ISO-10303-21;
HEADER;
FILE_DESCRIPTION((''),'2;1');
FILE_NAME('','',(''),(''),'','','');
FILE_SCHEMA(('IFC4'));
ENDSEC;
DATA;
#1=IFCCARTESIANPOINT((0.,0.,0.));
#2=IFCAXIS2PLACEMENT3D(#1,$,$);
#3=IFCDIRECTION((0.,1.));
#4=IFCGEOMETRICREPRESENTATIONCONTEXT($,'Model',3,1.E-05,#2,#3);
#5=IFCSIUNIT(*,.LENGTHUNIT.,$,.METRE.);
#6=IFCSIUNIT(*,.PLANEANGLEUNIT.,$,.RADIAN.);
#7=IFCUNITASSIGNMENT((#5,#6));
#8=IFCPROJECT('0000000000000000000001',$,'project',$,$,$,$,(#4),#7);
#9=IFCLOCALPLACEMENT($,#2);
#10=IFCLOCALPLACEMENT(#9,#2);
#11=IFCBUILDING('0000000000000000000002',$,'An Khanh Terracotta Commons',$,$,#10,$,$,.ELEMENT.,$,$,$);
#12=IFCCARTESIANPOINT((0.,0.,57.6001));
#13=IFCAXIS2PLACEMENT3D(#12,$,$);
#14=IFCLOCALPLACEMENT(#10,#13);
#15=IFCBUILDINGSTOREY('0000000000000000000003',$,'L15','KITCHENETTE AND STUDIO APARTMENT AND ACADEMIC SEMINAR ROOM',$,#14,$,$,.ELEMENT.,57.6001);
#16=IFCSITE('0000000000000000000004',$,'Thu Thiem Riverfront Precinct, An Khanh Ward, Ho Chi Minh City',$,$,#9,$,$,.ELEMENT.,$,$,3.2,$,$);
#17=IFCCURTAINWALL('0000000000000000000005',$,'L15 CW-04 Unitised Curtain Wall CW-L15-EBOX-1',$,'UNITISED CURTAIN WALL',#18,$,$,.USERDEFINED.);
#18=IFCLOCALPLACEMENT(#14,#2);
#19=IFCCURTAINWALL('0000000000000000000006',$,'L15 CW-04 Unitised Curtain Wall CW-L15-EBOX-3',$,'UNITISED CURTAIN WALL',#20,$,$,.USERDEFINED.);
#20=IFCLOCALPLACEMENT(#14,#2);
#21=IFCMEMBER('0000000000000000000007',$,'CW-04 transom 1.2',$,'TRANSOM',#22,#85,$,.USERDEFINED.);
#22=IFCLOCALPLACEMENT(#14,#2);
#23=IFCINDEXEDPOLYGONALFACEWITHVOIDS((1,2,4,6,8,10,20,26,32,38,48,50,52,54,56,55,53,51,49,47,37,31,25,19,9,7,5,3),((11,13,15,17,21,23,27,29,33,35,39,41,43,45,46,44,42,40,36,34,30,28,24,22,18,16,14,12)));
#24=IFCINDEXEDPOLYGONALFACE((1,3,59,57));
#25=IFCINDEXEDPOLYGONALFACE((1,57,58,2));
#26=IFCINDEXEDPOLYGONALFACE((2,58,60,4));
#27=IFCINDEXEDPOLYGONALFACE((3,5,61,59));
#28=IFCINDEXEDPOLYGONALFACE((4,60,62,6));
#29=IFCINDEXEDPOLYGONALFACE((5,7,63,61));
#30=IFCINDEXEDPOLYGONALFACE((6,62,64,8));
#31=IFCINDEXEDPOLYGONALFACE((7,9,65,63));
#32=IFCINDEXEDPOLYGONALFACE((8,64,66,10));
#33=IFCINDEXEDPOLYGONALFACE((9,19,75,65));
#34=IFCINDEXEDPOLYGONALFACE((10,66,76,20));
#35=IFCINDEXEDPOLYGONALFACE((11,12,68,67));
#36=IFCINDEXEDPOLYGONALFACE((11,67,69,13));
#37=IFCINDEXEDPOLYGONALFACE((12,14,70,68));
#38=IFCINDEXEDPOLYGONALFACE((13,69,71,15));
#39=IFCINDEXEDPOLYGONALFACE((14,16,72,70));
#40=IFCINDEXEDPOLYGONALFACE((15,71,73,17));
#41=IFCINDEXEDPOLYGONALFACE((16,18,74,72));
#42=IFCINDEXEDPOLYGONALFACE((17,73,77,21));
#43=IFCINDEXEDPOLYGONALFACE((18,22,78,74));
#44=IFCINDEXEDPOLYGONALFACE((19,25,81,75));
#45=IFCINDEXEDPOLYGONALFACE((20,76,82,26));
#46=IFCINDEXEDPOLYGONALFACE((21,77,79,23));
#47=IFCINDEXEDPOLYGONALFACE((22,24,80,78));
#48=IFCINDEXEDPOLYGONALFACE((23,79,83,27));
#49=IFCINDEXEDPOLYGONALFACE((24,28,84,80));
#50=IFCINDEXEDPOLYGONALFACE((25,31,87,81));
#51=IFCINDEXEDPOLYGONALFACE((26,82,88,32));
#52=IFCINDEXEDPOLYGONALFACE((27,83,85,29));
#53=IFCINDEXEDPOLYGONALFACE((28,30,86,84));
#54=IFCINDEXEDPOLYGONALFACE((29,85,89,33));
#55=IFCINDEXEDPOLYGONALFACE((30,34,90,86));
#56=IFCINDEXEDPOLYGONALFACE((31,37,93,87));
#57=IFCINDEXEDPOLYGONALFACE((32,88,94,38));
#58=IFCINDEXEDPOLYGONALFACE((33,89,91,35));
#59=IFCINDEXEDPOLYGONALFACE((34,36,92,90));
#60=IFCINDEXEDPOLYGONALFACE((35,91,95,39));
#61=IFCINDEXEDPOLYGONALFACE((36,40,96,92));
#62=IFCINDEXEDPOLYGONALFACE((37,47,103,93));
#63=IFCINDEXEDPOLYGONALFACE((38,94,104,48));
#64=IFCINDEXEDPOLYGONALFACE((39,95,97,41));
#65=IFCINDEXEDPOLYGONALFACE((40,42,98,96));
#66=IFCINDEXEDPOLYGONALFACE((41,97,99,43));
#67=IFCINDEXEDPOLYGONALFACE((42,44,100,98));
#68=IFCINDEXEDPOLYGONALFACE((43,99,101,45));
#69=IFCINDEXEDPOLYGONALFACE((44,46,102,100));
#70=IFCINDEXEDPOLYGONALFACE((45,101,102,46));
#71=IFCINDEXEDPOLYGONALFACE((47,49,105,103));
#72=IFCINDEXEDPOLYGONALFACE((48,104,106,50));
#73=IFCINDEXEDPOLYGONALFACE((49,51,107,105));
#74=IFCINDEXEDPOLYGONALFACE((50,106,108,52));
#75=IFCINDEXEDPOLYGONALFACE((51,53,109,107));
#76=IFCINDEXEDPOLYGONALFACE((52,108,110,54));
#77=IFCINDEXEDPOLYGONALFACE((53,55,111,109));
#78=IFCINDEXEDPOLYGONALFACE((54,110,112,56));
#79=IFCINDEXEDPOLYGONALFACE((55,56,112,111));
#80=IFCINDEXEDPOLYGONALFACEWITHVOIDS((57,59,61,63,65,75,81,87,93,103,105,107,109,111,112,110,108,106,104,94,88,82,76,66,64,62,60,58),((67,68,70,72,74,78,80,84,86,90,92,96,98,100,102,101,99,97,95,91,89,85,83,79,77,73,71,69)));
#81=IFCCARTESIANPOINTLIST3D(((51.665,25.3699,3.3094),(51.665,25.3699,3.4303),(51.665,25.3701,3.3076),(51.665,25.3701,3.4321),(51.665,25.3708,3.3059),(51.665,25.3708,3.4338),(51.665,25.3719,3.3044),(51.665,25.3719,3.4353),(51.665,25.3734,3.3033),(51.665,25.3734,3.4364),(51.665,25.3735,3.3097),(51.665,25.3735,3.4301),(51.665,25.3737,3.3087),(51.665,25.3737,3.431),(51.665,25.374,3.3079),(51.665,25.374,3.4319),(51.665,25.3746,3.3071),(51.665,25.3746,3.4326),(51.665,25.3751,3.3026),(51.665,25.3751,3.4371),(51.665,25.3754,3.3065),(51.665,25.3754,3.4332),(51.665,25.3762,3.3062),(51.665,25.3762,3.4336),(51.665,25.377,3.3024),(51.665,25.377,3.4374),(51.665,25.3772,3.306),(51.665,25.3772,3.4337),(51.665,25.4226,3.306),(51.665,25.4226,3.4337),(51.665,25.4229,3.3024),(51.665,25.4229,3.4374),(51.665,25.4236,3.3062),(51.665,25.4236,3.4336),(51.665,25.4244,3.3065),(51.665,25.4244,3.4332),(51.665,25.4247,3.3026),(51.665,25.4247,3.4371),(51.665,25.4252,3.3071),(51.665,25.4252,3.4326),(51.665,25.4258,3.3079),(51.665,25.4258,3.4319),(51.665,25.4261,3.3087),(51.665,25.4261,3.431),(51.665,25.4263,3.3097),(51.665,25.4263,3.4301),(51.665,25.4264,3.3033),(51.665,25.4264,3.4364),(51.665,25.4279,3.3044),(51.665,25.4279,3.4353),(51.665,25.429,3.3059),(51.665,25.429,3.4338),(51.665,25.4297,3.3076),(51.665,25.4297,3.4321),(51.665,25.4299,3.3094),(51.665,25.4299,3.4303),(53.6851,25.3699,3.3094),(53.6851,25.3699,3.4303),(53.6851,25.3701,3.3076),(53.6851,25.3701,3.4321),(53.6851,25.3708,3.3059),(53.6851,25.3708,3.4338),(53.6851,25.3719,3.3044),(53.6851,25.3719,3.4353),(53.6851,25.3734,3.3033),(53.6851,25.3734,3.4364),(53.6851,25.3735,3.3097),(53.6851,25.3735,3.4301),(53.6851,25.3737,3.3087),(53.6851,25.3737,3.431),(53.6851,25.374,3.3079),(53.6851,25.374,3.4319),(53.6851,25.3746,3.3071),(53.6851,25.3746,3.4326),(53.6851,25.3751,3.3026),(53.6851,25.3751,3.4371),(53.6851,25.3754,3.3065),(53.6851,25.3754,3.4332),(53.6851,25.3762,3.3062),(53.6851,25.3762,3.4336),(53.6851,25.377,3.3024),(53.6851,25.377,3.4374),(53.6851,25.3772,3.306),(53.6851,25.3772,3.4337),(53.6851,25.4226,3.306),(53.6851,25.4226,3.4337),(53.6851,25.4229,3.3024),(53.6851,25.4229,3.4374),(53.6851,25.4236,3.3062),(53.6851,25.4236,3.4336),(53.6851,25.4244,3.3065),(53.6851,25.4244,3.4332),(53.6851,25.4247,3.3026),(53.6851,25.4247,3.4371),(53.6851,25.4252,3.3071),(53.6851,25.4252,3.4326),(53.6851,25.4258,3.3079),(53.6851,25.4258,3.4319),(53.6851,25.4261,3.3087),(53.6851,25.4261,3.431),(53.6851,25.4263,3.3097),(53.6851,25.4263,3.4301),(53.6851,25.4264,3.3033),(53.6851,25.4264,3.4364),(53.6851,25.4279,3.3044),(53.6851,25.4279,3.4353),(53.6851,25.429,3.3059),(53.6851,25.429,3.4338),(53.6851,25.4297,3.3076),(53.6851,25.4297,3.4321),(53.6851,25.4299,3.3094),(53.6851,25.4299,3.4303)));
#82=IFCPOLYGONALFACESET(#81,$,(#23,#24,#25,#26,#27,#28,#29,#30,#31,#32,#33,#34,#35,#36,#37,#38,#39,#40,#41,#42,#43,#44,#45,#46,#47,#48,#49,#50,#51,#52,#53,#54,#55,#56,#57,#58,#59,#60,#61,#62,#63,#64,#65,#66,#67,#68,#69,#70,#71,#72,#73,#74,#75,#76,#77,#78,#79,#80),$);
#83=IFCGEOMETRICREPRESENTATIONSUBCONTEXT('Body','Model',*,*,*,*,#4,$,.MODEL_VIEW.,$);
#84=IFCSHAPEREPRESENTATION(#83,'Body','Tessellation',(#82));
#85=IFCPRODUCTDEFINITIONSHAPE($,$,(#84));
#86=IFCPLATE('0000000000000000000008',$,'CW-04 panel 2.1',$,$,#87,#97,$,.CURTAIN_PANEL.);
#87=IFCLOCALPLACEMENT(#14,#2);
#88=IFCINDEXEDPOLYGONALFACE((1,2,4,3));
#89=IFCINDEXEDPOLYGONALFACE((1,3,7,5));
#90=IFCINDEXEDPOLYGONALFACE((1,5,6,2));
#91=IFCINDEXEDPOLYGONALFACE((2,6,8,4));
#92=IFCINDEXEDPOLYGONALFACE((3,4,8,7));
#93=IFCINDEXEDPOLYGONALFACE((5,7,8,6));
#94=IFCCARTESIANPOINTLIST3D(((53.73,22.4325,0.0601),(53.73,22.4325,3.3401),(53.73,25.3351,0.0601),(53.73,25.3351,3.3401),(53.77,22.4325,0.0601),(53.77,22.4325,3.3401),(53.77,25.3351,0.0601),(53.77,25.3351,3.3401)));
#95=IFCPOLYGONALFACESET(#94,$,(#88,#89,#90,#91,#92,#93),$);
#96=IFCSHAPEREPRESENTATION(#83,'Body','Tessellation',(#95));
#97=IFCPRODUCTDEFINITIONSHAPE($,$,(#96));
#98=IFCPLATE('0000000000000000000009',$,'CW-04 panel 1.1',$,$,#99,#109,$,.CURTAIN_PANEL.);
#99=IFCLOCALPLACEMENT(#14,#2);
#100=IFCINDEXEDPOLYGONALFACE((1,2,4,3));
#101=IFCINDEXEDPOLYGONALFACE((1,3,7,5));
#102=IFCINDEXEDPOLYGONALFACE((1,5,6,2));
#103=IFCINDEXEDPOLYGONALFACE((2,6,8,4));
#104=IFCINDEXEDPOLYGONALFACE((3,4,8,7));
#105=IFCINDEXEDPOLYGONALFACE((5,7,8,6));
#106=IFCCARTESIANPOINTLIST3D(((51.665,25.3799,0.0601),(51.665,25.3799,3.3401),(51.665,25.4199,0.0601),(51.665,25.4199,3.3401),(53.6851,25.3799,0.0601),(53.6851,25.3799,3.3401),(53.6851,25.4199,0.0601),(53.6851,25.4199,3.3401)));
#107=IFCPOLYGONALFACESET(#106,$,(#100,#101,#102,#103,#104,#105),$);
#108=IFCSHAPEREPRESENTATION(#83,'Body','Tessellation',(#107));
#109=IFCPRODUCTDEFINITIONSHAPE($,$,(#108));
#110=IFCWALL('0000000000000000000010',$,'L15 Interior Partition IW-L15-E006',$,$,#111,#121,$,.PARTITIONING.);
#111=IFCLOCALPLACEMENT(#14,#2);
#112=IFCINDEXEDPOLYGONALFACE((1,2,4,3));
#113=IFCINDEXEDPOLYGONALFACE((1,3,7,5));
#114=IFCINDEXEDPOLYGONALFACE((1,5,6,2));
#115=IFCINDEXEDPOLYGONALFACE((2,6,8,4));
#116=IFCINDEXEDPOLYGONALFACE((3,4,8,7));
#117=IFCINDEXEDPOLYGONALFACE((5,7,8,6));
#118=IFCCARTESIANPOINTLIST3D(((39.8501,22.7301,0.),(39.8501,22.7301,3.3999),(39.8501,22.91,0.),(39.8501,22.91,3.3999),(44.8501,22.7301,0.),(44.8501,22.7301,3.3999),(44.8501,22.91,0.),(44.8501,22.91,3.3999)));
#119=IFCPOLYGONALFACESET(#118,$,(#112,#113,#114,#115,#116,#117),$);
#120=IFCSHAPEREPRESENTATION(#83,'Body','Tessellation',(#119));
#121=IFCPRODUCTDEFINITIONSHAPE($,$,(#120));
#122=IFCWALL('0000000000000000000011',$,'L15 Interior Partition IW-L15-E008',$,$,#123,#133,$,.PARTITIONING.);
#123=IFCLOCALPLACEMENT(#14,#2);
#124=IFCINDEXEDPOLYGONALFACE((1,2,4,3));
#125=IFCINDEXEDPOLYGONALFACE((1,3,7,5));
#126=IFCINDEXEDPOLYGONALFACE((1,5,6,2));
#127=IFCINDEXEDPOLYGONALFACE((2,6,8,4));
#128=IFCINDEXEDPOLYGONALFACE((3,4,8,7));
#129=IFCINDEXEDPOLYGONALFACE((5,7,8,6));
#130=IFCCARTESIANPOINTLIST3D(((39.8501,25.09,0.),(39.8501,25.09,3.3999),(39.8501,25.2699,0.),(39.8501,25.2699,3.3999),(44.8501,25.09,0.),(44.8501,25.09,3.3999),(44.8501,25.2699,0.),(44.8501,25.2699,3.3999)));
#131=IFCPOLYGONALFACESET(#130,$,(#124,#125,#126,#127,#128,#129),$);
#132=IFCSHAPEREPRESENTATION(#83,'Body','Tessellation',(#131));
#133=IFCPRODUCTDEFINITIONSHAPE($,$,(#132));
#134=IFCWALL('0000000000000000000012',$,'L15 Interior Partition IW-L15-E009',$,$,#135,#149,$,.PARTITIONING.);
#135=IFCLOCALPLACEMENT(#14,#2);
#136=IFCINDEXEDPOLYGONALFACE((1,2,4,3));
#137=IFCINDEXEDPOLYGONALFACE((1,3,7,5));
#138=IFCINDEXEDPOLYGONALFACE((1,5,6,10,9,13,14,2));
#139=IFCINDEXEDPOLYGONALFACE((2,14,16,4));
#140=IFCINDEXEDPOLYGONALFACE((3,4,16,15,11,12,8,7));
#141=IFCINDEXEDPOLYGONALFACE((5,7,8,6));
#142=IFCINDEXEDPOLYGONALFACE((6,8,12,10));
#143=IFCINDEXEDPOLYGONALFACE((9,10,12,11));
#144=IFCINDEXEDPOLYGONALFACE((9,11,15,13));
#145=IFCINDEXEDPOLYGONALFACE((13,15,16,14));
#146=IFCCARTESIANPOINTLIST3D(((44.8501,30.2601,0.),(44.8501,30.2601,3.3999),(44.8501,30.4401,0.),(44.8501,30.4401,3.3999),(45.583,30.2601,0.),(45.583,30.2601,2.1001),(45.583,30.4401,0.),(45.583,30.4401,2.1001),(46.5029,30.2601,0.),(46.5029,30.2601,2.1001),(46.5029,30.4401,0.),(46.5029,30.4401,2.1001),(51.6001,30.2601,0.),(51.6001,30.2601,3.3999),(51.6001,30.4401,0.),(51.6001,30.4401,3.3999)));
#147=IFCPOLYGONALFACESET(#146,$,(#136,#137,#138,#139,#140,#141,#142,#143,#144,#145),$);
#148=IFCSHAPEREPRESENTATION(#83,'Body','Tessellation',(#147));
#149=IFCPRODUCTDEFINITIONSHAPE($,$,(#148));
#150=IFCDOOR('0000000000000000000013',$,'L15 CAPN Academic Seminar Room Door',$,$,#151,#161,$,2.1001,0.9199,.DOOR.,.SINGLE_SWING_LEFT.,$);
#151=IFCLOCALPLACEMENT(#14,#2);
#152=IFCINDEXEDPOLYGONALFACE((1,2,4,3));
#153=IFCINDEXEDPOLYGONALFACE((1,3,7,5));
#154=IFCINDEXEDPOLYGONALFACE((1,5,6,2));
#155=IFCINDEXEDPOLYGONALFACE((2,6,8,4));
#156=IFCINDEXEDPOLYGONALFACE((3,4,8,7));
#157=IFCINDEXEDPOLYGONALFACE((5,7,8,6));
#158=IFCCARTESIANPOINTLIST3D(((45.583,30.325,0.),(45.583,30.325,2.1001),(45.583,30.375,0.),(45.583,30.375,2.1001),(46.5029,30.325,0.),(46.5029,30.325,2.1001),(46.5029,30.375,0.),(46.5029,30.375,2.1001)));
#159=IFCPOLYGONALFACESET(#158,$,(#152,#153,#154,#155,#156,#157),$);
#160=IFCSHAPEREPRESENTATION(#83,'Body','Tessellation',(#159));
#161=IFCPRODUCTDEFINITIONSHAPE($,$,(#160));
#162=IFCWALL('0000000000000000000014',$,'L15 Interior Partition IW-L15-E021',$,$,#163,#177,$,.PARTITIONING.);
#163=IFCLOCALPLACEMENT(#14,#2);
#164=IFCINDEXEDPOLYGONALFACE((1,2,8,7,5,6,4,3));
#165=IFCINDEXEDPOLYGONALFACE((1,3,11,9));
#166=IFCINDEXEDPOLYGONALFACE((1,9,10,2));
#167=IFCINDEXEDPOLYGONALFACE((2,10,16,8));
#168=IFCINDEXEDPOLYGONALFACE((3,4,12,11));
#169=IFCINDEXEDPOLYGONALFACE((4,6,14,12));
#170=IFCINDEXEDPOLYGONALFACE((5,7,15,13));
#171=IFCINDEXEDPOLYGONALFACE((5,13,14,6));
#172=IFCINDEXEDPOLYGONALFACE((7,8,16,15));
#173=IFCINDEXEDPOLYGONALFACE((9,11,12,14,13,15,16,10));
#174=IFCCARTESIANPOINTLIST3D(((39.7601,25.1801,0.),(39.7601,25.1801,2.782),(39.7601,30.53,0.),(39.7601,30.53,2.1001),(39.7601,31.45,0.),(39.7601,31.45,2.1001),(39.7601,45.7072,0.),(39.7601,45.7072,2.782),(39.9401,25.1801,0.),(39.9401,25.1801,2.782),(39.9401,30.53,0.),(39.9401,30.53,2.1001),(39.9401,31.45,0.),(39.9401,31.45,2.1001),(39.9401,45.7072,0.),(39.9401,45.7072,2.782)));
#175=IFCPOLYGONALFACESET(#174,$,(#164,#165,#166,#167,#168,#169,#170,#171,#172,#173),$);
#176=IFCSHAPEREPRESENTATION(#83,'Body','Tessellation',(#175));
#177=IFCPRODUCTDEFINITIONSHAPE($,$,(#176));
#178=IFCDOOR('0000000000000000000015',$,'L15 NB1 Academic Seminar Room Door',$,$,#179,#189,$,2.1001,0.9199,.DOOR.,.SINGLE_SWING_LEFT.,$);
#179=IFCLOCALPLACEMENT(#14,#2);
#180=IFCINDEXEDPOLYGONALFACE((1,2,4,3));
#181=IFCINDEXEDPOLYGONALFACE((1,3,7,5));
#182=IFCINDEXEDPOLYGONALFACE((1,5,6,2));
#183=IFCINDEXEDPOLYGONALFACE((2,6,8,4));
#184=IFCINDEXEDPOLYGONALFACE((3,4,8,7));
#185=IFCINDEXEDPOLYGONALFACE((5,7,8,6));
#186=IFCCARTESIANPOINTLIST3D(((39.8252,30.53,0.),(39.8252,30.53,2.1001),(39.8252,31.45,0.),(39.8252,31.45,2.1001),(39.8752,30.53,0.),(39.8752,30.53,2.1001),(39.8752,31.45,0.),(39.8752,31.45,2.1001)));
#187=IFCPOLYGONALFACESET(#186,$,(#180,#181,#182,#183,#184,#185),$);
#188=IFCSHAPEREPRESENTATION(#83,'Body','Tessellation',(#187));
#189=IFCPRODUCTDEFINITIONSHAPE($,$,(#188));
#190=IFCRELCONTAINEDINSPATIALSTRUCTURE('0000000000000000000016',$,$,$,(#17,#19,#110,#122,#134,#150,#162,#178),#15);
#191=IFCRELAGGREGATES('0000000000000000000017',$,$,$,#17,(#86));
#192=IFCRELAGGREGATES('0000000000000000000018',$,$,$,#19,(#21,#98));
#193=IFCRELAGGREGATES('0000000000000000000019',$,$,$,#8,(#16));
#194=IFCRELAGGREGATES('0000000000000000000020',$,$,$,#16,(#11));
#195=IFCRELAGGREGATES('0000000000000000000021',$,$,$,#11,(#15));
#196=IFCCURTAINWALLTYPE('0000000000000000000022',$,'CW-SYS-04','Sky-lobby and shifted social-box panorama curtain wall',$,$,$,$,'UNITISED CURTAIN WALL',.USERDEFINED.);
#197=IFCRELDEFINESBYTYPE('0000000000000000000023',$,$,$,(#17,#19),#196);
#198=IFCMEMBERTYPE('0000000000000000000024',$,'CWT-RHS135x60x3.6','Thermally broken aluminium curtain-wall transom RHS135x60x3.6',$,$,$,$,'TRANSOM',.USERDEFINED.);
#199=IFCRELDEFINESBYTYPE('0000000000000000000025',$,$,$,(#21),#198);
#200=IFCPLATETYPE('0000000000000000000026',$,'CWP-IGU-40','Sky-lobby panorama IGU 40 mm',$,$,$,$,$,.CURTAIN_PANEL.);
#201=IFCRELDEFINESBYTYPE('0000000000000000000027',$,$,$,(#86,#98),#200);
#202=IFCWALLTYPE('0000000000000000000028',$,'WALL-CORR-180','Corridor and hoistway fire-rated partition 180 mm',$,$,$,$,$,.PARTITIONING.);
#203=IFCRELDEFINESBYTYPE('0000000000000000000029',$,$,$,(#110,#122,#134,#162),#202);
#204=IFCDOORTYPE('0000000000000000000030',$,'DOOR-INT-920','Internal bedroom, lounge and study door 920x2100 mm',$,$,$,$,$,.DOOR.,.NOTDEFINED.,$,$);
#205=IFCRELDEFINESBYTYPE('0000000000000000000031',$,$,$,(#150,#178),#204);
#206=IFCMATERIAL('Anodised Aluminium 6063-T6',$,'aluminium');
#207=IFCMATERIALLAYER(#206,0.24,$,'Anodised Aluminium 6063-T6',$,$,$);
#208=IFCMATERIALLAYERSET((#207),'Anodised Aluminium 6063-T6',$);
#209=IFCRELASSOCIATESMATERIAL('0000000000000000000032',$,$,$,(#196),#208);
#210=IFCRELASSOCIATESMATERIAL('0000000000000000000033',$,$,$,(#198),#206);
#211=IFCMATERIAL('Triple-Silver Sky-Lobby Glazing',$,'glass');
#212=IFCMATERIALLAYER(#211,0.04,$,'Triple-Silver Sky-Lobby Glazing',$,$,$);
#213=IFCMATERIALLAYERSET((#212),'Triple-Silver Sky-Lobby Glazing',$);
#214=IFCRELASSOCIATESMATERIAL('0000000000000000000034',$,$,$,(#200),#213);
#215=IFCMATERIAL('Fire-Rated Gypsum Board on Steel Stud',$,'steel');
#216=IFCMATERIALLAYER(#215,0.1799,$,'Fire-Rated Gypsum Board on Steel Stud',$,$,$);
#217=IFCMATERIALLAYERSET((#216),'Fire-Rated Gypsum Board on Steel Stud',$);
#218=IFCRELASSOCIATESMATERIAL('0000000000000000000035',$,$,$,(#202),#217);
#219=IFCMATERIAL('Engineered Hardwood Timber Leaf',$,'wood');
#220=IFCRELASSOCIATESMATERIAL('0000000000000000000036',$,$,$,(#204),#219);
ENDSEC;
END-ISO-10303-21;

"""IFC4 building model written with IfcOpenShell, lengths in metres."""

from ifc_helpers import new_model, si_unit, direction, frame, frame_2d, origin, origin_2d, place, context, subcontext, project, spatial, rectangle, hollow_rectangle, extrude, material, layer, layer_set, material_profile, profile_set, type_object, element, fill, aggregate, save


model = new_model("IFC4")

# Units and contexts
model_context = context("Model", 3, precision=1e-05, world=origin(), true_north=direction((0.0, 1.0)))
body_context = subcontext(model_context, "Body", "Model", "MODEL_VIEW")
ifc_project = project(units=[si_unit("LENGTHUNIT", "METRE"), si_unit("PLANEANGLEUNIT", "RADIAN")], contexts=[model_context])

# Site, building, storey
site_placement = place(None, origin())
site = spatial("IfcSite", under=ifc_project, at=site_placement, Name="Thu Thiem Riverfront Precinct, An Khanh Ward, Ho Chi Minh City", CompositionType="ELEMENT", RefElevation=3.2)
building_placement = place(site_placement, origin())
building = spatial("IfcBuilding", under=site, at=building_placement, Name="An Khanh Terracotta Commons", CompositionType="ELEMENT")
storey_placement = place(building_placement, frame((0.0, 0.0, 57.6001)))
storey = spatial("IfcBuildingStorey", under=building, at=storey_placement, Name="L15", Description="KITCHENETTE AND STUDIO APARTMENT AND ACADEMIC SEMINAR ROOM", CompositionType="ELEMENT", Elevation=57.6001)

# Curtain wall
ifc_material_1 = material(Name="Anodised Aluminium 6063-T6", Category="aluminium")
ifc_layer_1 = layer(ifc_material_1, 0.24, Name="Anodised Aluminium 6063-T6")
ifc_layer_set_1 = layer_set([ifc_layer_1], Name="Anodised Aluminium 6063-T6")
curtain_wall_type = type_object("IfcCurtainWallType", Name="CW-SYS-04", Description="Sky-lobby and shifted social-box panorama curtain wall", ElementType="UNITISED CURTAIN WALL", PredefinedType="USERDEFINED", material=ifc_layer_set_1)
curtain_wall_1_placement = place(storey_placement, origin())
curtain_wall_1 = element("IfcCurtainWall", 1, at=curtain_wall_1_placement, inside=storey, type_object=curtain_wall_type, Name="L15 CW-04 Unitised Curtain Wall CW-L15-EBOX-1", ObjectType="UNITISED CURTAIN WALL", PredefinedType="USERDEFINED")

# Curtain wall
curtain_wall_2_placement = place(storey_placement, origin())
curtain_wall_2 = element("IfcCurtainWall", 2, at=curtain_wall_2_placement, inside=storey, type_object=curtain_wall_type, Name="L15 CW-04 Unitised Curtain Wall CW-L15-EBOX-3", ObjectType="UNITISED CURTAIN WALL", PredefinedType="USERDEFINED")

# Member
ifc_material_profile_1 = material_profile(ifc_material_1, hollow_rectangle(XDim=0.0601, YDim=0.135, WallThickness=0.0037, InnerFilletRadius=0.0037, OuterFilletRadius=0.0071, at=origin_2d()), Name="RHS135x60x3.6")
ifc_profile_set_1 = profile_set([ifc_material_profile_1], Name="Anodised Aluminium 6063-T6")
member_type_1 = type_object("IfcMemberType", Name="CWT-RHS135x60x3.6", Description="Thermally broken aluminium curtain-wall transom RHS135x60x3.6", ElementType="TRANSOM", PredefinedType="USERDEFINED", material=ifc_profile_set_1)
member_1_placement = place(storey_placement, frame((53.6851, 25.3999, 3.3699), z_axis=(-1.0, 0.0, 0.0), x_axis=(0.0, -1.0, 0.0)))
member_1 = element("IfcMember", 3, at=member_1_placement, type_object=member_type_1, Name="CW-04 transom 1.2", ObjectType="TRANSOM", PredefinedType="USERDEFINED", context=body_context, shape_type="SweptSolid", body=[
    extrude(hollow_rectangle(XDim=0.0601, YDim=0.135, WallThickness=0.0037, InnerFilletRadius=0.0037, OuterFilletRadius=0.0071, at=origin_2d()), origin(), (0.0, 0.0, 1.0), 2.02),
])

# Plates
ifc_material_2 = material(Name="Triple-Silver Sky-Lobby Glazing", Category="glass")
ifc_layer_2 = layer(ifc_material_2, 0.04, Name="Triple-Silver Sky-Lobby Glazing")
ifc_layer_set_2 = layer_set([ifc_layer_2], Name="Triple-Silver Sky-Lobby Glazing")
plate_type = type_object("IfcPlateType", Name="CWP-IGU-40", Description="Sky-lobby panorama IGU 40 mm", PredefinedType="CURTAIN_PANEL", material=ifc_layer_set_2)
plate_1_placement = place(storey_placement, frame((53.75, 23.8838, 0.0601), z_axis=(0.0, 0.0, 1.0), x_axis=(0.0, 1.0, 0.0)))
plate_1 = element("IfcPlate", 4, at=plate_1_placement, type_object=plate_type, Name="CW-04 panel 2.1", PredefinedType="CURTAIN_PANEL", context=body_context, shape_type="SweptSolid", body=[
    extrude(rectangle(XDim=2.9026, YDim=0.04, at=origin_2d()), origin(), (0.0, 0.0, 1.0), 3.28),
])
aggregate(curtain_wall_1, [plate_1])
plate_2_placement = place(storey_placement, frame((52.675, 25.3999, 0.0601), z_axis=(0.0, 0.0, 1.0), x_axis=(-1.0, 0.0, 0.0)))
plate_2 = element("IfcPlate", 5, at=plate_2_placement, type_object=plate_type, Name="CW-04 panel 1.1", PredefinedType="CURTAIN_PANEL", context=body_context, shape_type="SweptSolid", body=[
    extrude(rectangle(XDim=2.02, YDim=0.04, at=origin_2d()), origin(), (0.0, 0.0, 1.0), 3.28),
])
aggregate(curtain_wall_2, [member_1, plate_2])

# Walls
ifc_material_3 = material(Name="Fire-Rated Gypsum Board on Steel Stud", Category="steel")
ifc_layer_3 = layer(ifc_material_3, 0.1799, Name="Fire-Rated Gypsum Board on Steel Stud")
ifc_layer_set_3 = layer_set([ifc_layer_3], Name="Fire-Rated Gypsum Board on Steel Stud")
wall_type_1 = type_object("IfcWallType", Name="WALL-CORR-180", Description="Corridor and hoistway fire-rated partition 180 mm", PredefinedType="PARTITIONING", material=ifc_layer_set_3)
for number, where, z_axis, x_axis, name in (
    (6, (39.8501, 22.8201, 0.0), (0.0, 0.0, 1.0), (1.0, 0.0, 0.0), "L15 Interior Partition IW-L15-E006"),
    (7, (39.8501, 25.1799, 0.0), (0.0, 0.0, 1.0), (1.0, 0.0, 0.0), "L15 Interior Partition IW-L15-E008"),
):
    element("IfcWall", number, at=place(storey_placement, frame(where, z_axis=z_axis, x_axis=x_axis)), inside=storey, type_object=wall_type_1, Name=name, PredefinedType="PARTITIONING", context=body_context, shape_type="SweptSolid", body=[
        extrude(rectangle(XDim=5.0, YDim=0.1799, at=frame_2d((2.5, 0.0))), origin(), (0.0, 0.0, 1.0), 3.3999),
    ])

# Walls, openings, doors
wall_1_placement = place(storey_placement, frame((44.8501, 30.3501, 0.0), z_axis=(0.0, 0.0, 1.0), x_axis=(1.0, 0.0, 0.0)))
wall_1 = element("IfcWall", 8, at=wall_1_placement, inside=storey, type_object=wall_type_1, Name="L15 Interior Partition IW-L15-E009", PredefinedType="PARTITIONING", context=body_context, shape_type="SweptSolid", body=[
    extrude(rectangle(XDim=6.75, YDim=0.1799, at=frame_2d((3.375, 0.0))), origin(), (0.0, 0.0, 1.0), 3.3999),
])
opening_1_placement = place(wall_1_placement, frame((0.7329, 0.0, 0.0)))
opening_1 = element("IfcOpeningElement", 9, at=opening_1_placement, cuts=wall_1, PredefinedType="OPENING", context=body_context, shape_type="SweptSolid", body=[
    extrude(rectangle(XDim=0.9199, YDim=2.1001, at=frame_2d((0.46, 1.05))), frame((0.0, 0.0999, 0.0), z_axis=(0.0, -1.0, 0.0), x_axis=(1.0, 0.0, 0.0)), (0.0, 0.0, 1.0), 0.2),
])
ifc_material_4 = material(Name="Engineered Hardwood Timber Leaf", Category="wood")
door_type = type_object("IfcDoorType", Name="DOOR-INT-920", Description="Internal bedroom, lounge and study door 920x2100 mm", OperationType="NOTDEFINED", PredefinedType="DOOR", material=ifc_material_4)
door_1_placement = place(opening_1_placement, origin())
door_1 = element("IfcDoor", 10, at=door_1_placement, inside=storey, type_object=door_type, Name="L15 CAPN Academic Seminar Room Door", OperationType="SINGLE_SWING_LEFT", OverallHeight=2.1001, OverallWidth=0.9199, PredefinedType="DOOR", context=body_context, shape_type="SweptSolid", body=[
    extrude(rectangle(XDim=0.9199, YDim=2.1001, at=frame_2d((0.46, 1.05))), frame((0.0, 0.0249, 0.0), z_axis=(0.0, -1.0, 0.0), x_axis=(1.0, 0.0, 0.0)), (0.0, 0.0, 1.0), 0.05),
])
fill(opening_1, door_1)
wall_2_placement = place(storey_placement, frame((39.8501, 25.1799, 0.0), z_axis=(0.0, 0.0, 1.0), x_axis=(0.0, 1.0, 0.0)))
wall_2 = element("IfcWall", 11, at=wall_2_placement, inside=storey, type_object=wall_type_1, Name="L15 Interior Partition IW-L15-E021", PredefinedType="PARTITIONING", context=body_context, shape_type="SweptSolid", body=[
    extrude(rectangle(XDim=20.5271, YDim=0.1799, at=frame_2d((10.2637, 0.0))), origin(), (0.0, 0.0, 1.0), 2.782),
])
opening_2_placement = place(wall_2_placement, frame((5.3501, 0.0, 0.0)))
opening_2 = element("IfcOpeningElement", 12, at=opening_2_placement, cuts=wall_2, PredefinedType="OPENING", context=body_context, shape_type="SweptSolid", body=[
    extrude(rectangle(XDim=0.9199, YDim=2.1001, at=frame_2d((0.46, 1.05))), frame((0.0, 0.0999, 0.0), z_axis=(0.0, -1.0, 0.0), x_axis=(1.0, 0.0, 0.0)), (0.0, 0.0, 1.0), 0.2),
])
door_2_placement = place(opening_2_placement, origin())
door_2 = element("IfcDoor", 13, at=door_2_placement, inside=storey, type_object=door_type, Name="L15 NB1 Academic Seminar Room Door", OperationType="SINGLE_SWING_LEFT", OverallHeight=2.1001, OverallWidth=0.9199, PredefinedType="DOOR", context=body_context, shape_type="SweptSolid", body=[
    extrude(rectangle(XDim=0.9199, YDim=2.1001, at=frame_2d((0.46, 1.05))), frame((0.0, 0.0249, 0.0), z_axis=(0.0, -1.0, 0.0), x_axis=(1.0, 0.0, 0.0)), (0.0, 0.0, 1.0), 0.05),
])
fill(opening_2, door_2)

save(model, "model.ifc")
